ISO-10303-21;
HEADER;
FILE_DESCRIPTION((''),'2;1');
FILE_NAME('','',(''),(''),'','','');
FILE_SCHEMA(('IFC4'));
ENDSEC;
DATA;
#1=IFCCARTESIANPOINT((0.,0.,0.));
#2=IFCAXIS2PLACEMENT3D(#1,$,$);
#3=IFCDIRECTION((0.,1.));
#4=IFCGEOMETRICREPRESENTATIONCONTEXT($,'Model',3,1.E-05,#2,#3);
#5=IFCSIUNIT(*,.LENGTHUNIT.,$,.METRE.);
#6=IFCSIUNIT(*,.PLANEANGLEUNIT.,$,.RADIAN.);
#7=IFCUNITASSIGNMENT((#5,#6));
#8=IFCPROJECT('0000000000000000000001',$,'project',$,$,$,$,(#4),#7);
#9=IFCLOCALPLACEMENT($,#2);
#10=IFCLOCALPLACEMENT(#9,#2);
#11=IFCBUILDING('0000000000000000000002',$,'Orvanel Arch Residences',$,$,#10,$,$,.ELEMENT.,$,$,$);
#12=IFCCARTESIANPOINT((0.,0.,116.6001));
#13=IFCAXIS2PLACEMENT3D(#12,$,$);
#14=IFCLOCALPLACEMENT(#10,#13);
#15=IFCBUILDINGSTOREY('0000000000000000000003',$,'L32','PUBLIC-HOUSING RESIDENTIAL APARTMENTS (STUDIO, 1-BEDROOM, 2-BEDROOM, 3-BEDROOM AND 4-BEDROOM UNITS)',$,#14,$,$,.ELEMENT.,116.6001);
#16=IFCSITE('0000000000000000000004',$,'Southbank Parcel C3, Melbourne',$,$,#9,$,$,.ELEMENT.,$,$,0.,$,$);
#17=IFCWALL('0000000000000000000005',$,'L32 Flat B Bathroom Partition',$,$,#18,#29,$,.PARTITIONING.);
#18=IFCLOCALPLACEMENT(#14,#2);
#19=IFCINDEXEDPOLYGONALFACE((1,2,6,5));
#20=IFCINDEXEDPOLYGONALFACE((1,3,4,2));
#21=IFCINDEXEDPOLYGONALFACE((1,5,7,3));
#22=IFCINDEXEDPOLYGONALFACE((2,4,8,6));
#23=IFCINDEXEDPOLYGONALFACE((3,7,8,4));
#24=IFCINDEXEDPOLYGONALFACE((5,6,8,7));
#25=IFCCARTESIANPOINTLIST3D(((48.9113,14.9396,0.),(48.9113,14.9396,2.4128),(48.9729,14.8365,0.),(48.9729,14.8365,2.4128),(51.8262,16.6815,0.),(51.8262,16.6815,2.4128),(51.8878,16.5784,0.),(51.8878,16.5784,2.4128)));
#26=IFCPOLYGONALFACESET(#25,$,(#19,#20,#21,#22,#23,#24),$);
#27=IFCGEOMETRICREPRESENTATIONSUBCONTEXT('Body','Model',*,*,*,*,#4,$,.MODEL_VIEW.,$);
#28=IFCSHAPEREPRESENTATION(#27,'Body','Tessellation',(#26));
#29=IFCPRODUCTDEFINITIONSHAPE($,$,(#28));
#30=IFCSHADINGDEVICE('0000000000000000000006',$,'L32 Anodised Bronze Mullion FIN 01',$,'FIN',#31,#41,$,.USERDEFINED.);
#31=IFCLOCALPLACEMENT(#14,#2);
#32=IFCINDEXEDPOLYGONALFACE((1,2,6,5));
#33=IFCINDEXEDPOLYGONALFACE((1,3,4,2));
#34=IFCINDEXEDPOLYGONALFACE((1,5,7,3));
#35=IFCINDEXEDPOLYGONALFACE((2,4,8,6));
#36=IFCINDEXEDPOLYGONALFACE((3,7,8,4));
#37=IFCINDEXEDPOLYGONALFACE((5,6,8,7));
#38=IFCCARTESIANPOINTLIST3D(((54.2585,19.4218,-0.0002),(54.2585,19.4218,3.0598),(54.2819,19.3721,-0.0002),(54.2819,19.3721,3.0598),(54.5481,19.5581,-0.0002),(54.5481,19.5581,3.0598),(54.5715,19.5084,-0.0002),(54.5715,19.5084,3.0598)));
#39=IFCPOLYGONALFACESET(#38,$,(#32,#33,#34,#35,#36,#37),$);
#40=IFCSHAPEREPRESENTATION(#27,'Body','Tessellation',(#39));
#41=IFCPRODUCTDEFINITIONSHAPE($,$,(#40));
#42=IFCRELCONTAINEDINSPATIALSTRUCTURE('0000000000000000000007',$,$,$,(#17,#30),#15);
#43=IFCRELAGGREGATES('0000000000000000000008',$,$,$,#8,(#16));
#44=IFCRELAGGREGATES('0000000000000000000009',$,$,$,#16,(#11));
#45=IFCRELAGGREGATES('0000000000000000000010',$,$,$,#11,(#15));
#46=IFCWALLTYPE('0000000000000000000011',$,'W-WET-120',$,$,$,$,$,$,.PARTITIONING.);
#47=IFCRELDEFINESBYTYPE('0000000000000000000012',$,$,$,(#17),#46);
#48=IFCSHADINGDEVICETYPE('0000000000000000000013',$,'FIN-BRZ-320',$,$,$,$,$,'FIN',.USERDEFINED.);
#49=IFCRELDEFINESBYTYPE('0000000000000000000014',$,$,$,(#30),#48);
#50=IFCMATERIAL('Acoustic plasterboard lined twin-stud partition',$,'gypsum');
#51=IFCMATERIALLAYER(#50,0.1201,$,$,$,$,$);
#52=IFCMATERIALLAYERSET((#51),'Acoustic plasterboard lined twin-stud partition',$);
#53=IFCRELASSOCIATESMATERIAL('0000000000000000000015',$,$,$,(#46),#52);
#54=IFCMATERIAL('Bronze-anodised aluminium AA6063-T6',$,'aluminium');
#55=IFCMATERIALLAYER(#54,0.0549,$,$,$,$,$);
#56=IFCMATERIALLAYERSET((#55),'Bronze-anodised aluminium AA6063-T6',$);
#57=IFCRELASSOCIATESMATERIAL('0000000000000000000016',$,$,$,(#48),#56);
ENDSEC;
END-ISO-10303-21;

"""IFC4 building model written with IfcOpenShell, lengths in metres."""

from ifc_helpers import new_model, si_unit, direction, frame, frame_2d, origin, origin_2d, place, context, subcontext, project, spatial, rectangle, extrude, material, layer, layer_set, type_object, element, save


model = new_model("IFC4")

# Units and contexts
model_context = context("Model", 3, precision=1e-05, world=origin(), true_north=direction((0.0, 1.0)))
body_context = subcontext(model_context, "Body", "Model", "MODEL_VIEW")
ifc_project = project(units=[si_unit("LENGTHUNIT", "METRE"), si_unit("PLANEANGLEUNIT", "RADIAN")], contexts=[model_context])

# Site, building, storey
site_placement = place(None, origin())
site = spatial("IfcSite", under=ifc_project, at=site_placement, Name="Southbank Parcel C3, Melbourne", CompositionType="ELEMENT", RefElevation=0.0)
building_placement = place(site_placement, origin())
building = spatial("IfcBuilding", under=site, at=building_placement, Name="Orvanel Arch Residences", CompositionType="ELEMENT")
storey_placement = place(building_placement, frame((0.0, 0.0, 116.6001)))
storey = spatial("IfcBuildingStorey", under=building, at=storey_placement, Name="L32", Description="PUBLIC-HOUSING RESIDENTIAL APARTMENTS (STUDIO, 1-BEDROOM, 2-BEDROOM, 3-BEDROOM AND 4-BEDROOM UNITS)", CompositionType="ELEMENT", Elevation=116.6001)

# Shared definitions
ifc_material_1 = material(Name="Bronze-anodised aluminium AA6063-T6", Category="aluminium")

# Shared definitions
ifc_material_2 = material(Name="Acoustic plasterboard lined twin-stud partition", Category="gypsum")

# Wall
ifc_layer_1 = layer(ifc_material_2, 0.1201)
ifc_layer_set_1 = layer_set([ifc_layer_1], Name="Acoustic plasterboard lined twin-stud partition")
wall_type_1 = type_object("IfcWallType", Name="W-WET-120", PredefinedType="PARTITIONING", material=ifc_layer_set_1)
wall_1_placement = place(storey_placement, frame((51.8569, 16.6299, 0.0), z_axis=(0.0, 0.0, 1.0), x_axis=(-0.858411, -0.512962, 0.0)))
element("IfcWall", 1, at=wall_1_placement, inside=storey, type_object=wall_type_1, Name="L32 Flat B Bathroom Partition", PredefinedType="PARTITIONING", context=body_context, shape_type="SweptSolid", body=[
    extrude(rectangle(XDim=3.3958, YDim=0.1201, at=frame_2d((1.6978, 0.0))), origin(), (0.0, 0.0, 1.0), 2.4128),
])

# Shading device
ifc_layer_2 = layer(ifc_material_1, 0.0549)
ifc_layer_set_2 = layer_set([ifc_layer_2], Name="Bronze-anodised aluminium AA6063-T6")
shading_device_type = type_object("IfcShadingDeviceType", Name="FIN-BRZ-320", ElementType="FIN", PredefinedType="USERDEFINED", material=ifc_layer_set_2)
shading_device_placement = place(storey_placement, frame((54.415, 19.4651, -0.0002), z_axis=(0.0, 0.0, 1.0), x_axis=(0.904827, 0.425779, 0.0)))
element("IfcShadingDevice", 2, at=shading_device_placement, inside=storey, type_object=shading_device_type, Name="L32 Anodised Bronze Mullion FIN 01", ObjectType="FIN", PredefinedType="USERDEFINED", context=body_context, shape_type="SweptSolid", body=[
    extrude(rectangle(XDim=0.3201, YDim=0.0549, at=origin_2d()), origin(), (0.0, 0.0, 1.0), 3.0601),
])

save(model, "model.ifc")
